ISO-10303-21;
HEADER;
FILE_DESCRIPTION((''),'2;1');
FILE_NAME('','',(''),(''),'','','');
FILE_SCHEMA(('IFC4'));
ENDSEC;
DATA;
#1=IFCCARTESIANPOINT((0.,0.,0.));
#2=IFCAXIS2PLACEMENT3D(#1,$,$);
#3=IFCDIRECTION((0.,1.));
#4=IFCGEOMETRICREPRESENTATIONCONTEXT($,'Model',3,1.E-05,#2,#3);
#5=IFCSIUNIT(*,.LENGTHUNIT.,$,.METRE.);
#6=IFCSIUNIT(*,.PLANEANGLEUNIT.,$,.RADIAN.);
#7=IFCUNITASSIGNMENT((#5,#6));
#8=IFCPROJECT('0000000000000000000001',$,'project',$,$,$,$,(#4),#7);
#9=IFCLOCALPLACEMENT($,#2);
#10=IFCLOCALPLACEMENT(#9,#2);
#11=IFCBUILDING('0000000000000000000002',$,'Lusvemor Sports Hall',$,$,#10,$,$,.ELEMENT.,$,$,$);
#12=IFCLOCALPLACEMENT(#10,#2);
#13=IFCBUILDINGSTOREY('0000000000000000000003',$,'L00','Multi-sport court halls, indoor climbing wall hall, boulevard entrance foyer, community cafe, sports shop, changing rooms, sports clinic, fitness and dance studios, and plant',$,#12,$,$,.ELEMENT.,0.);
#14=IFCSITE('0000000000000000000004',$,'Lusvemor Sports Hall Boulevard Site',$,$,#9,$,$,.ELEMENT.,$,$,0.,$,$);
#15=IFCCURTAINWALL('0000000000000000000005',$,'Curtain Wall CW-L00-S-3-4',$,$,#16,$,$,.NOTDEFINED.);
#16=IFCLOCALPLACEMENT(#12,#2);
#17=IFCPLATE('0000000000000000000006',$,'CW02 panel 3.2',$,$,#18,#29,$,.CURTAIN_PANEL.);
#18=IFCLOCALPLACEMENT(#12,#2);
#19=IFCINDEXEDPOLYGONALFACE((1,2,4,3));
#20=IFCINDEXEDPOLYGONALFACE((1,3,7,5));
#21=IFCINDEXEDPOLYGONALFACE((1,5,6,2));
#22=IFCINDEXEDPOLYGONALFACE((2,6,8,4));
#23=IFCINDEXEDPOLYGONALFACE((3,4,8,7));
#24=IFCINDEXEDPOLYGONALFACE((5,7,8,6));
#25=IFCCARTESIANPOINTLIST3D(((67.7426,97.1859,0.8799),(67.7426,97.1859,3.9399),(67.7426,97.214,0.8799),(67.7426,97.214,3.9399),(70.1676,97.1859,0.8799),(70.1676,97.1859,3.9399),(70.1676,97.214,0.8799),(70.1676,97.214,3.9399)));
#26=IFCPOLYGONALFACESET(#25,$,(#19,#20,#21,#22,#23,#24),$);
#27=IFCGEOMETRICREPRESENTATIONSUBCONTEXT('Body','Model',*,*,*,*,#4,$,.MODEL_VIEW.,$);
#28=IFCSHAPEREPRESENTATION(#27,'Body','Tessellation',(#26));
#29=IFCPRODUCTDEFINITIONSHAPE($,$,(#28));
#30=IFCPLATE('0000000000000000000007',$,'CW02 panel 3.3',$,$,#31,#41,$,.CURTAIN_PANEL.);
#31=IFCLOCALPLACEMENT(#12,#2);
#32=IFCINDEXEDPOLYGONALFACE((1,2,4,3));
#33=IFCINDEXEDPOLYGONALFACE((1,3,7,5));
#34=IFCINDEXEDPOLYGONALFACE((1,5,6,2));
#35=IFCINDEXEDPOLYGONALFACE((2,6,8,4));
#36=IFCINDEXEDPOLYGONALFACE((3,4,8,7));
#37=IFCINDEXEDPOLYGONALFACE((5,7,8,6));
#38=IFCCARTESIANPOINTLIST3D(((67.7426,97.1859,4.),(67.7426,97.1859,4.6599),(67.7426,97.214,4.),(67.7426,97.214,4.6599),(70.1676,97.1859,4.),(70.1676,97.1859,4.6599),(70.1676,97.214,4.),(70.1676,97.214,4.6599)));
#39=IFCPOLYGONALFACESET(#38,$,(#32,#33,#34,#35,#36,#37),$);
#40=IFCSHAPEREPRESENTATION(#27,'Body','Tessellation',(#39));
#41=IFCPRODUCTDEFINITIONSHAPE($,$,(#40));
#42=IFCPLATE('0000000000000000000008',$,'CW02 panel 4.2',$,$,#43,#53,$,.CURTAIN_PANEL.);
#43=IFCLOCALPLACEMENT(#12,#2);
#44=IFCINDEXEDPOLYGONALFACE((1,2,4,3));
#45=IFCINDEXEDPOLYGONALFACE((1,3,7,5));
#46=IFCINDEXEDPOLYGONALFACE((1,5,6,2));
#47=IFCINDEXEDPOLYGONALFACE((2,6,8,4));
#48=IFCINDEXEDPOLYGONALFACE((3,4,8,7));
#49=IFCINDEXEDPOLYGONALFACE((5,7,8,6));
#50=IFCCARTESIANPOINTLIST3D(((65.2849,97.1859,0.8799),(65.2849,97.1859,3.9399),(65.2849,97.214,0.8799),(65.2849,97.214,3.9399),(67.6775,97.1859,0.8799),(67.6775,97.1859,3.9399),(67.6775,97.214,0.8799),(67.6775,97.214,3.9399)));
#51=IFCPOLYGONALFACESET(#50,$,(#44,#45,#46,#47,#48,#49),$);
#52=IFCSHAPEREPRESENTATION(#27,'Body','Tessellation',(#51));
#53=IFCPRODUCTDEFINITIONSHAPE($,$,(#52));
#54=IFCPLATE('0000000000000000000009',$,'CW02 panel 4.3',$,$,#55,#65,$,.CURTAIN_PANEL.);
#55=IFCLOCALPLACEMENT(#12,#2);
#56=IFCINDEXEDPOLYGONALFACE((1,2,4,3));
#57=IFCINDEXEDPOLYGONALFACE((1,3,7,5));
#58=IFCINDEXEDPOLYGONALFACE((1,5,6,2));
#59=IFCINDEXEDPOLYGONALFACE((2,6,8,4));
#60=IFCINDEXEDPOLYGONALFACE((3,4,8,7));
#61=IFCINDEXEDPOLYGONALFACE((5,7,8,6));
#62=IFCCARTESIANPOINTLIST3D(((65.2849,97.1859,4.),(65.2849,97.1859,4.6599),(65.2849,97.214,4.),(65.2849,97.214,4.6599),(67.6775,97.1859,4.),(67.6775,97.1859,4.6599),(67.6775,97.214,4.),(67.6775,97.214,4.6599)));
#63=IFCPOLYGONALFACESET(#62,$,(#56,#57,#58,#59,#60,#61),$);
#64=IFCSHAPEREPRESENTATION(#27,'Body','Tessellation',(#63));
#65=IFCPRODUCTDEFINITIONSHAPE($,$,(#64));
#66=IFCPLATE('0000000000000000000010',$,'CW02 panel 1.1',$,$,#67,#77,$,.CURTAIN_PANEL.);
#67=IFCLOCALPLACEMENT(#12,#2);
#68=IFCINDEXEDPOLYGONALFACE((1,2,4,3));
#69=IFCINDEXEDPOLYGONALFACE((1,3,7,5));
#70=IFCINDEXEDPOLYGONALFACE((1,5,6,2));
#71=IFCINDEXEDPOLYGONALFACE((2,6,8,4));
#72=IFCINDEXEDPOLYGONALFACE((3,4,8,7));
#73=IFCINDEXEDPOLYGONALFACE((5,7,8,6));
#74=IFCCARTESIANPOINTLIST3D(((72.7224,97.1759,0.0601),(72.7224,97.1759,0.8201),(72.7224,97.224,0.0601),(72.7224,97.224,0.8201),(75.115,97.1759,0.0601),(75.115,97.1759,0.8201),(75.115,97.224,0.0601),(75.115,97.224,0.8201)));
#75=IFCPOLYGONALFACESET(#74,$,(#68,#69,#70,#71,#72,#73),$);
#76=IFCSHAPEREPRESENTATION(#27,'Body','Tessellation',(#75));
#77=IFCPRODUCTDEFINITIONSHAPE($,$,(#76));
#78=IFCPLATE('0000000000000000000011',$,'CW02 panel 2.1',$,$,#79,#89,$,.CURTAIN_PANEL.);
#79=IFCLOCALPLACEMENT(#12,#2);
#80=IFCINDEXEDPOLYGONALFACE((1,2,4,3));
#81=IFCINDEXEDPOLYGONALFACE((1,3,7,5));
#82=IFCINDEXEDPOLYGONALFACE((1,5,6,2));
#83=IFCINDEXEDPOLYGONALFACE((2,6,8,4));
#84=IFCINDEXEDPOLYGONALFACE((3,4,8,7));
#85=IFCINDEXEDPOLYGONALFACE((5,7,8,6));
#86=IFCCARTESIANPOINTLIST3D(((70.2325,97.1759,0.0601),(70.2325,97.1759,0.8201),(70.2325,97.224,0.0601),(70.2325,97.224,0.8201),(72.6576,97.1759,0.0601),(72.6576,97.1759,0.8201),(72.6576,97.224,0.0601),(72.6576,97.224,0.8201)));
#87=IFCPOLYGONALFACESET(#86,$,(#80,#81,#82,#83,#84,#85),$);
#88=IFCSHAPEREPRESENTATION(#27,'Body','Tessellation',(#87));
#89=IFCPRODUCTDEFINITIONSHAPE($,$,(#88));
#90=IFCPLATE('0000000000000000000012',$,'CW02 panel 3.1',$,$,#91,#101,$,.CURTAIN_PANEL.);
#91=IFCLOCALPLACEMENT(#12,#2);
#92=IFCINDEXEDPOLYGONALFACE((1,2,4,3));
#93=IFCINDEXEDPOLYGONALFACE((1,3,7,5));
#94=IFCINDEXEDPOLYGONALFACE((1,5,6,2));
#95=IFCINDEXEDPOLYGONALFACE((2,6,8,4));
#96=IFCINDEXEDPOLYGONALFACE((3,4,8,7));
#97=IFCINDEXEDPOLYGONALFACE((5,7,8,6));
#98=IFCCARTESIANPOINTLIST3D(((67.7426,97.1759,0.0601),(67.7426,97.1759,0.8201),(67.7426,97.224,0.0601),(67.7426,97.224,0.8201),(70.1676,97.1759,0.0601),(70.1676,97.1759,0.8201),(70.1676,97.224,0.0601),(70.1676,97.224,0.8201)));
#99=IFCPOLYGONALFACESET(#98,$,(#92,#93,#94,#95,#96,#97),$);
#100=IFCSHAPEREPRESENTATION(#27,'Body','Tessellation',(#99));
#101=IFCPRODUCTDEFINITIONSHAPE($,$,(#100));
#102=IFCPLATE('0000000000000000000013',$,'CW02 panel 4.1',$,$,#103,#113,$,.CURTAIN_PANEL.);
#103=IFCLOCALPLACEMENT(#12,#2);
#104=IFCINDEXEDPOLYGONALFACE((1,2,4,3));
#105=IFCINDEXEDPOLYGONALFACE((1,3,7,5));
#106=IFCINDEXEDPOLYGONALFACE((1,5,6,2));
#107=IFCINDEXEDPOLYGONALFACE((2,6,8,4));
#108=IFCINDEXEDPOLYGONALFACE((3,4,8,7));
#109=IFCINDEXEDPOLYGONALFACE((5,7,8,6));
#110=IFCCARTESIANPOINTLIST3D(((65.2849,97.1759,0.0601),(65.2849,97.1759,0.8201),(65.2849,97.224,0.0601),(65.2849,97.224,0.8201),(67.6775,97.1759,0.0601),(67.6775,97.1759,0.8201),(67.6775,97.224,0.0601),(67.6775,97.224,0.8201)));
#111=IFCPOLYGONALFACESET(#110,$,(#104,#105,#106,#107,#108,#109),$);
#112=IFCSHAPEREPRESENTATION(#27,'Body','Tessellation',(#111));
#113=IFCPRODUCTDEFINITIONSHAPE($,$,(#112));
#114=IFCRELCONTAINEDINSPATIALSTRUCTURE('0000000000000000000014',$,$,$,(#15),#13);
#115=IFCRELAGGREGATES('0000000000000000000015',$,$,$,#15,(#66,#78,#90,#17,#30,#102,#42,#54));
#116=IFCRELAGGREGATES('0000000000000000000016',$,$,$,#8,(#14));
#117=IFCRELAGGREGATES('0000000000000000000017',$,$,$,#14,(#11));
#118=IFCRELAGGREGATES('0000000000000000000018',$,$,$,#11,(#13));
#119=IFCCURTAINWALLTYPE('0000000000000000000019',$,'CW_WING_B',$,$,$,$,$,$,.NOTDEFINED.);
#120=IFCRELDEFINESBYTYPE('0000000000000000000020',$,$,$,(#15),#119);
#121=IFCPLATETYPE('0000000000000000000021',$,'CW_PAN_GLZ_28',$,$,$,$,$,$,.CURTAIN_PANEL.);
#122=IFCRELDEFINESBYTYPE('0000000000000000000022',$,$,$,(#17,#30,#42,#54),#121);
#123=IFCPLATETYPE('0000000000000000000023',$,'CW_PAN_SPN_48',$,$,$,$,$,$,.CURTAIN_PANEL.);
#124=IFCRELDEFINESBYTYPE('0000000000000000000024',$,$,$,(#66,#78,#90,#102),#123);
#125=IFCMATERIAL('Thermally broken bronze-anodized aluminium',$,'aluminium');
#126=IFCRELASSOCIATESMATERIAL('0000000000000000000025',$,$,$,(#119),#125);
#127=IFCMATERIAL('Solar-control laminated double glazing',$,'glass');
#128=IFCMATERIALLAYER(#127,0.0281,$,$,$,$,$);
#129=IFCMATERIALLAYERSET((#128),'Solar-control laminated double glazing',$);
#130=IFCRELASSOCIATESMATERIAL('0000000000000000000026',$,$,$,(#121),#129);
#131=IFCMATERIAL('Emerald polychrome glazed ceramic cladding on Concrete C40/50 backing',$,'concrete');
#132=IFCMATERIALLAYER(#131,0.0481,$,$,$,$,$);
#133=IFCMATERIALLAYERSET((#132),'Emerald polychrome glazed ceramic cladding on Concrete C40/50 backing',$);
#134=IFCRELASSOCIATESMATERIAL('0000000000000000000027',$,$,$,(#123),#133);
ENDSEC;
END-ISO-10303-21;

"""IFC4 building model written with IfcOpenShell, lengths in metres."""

from ifc_helpers import new_model, si_unit, direction, frame, origin, origin_2d, place, context, subcontext, project, spatial, rectangle, extrude, material, layer, layer_set, type_object, element, aggregate, save


model = new_model("IFC4")

# Units and contexts
model_context = context("Model", 3, precision=1e-05, world=origin(), true_north=direction((0.0, 1.0)))
body_context = subcontext(model_context, "Body", "Model", "MODEL_VIEW")
ifc_project = project(units=[si_unit("LENGTHUNIT", "METRE"), si_unit("PLANEANGLEUNIT", "RADIAN")], contexts=[model_context])

# Site, building, storey
site_placement = place(None, origin())
site = spatial("IfcSite", under=ifc_project, at=site_placement, Name="Lusvemor Sports Hall Boulevard Site", CompositionType="ELEMENT", RefElevation=0.0)
building_placement = place(site_placement, origin())
building = spatial("IfcBuilding", under=site, at=building_placement, Name="Lusvemor Sports Hall", CompositionType="ELEMENT")
storey_placement = place(building_placement, origin())
storey = spatial("IfcBuildingStorey", under=building, at=storey_placement, Name="L00", Description="Multi-sport court halls, indoor climbing wall hall, boulevard entrance foyer, community cafe, sports shop, changing rooms, sports clinic, fitness and dance studios, and plant", CompositionType="ELEMENT", Elevation=0.0)

# Curtain wall, plates
ifc_material_1 = material(Name="Thermally broken bronze-anodized aluminium", Category="aluminium")
curtain_wall_type = type_object("IfcCurtainWallType", Name="CW_WING_B", PredefinedType="NOTDEFINED", material=ifc_material_1)
curtain_wall_placement = place(storey_placement, origin())
curtain_wall = element("IfcCurtainWall", 1, at=curtain_wall_placement, inside=storey, type_object=curtain_wall_type, Name="Curtain Wall CW-L00-S-3-4", PredefinedType="NOTDEFINED")
ifc_material_2 = material(Name="Solar-control laminated double glazing", Category="glass")
ifc_layer_1 = layer(ifc_material_2, 0.0281)
ifc_layer_set_1 = layer_set([ifc_layer_1], Name="Solar-control laminated double glazing")
plate_type_1 = type_object("IfcPlateType", Name="CW_PAN_GLZ_28", PredefinedType="CURTAIN_PANEL", material=ifc_layer_set_1)
plate_1_placement = place(storey_placement, frame((68.9551, 97.2, 0.8799), z_axis=(0.0, 0.0, 1.0), x_axis=(-1.0, 0.0, 0.0)))
plate_1 = element("IfcPlate", 2, at=plate_1_placement, type_object=plate_type_1, Name="CW02 panel 3.2", PredefinedType="CURTAIN_PANEL", context=body_context, shape_type="SweptSolid", body=[
    extrude(rectangle(XDim=2.425, YDim=0.0281, at=origin_2d()), origin(), (0.0, 0.0, 1.0), 3.0601),
])
plate_2_placement = place(storey_placement, frame((68.9551, 97.2, 4.0), z_axis=(0.0, 0.0, 1.0), x_axis=(-1.0, 0.0, 0.0)))
plate_2 = element("IfcPlate", 3, at=plate_2_placement, type_object=plate_type_1, Name="CW02 panel 3.3", PredefinedType="CURTAIN_PANEL", context=body_context, shape_type="SweptSolid", body=[
    extrude(rectangle(XDim=2.425, YDim=0.0281, at=origin_2d()), origin(), (0.0, 0.0, 1.0), 0.6599),
])
plate_3_placement = place(storey_placement, frame((66.4812, 97.2, 0.8799), z_axis=(0.0, 0.0, 1.0), x_axis=(-1.0, 0.0, 0.0)))
plate_3 = element("IfcPlate", 4, at=plate_3_placement, type_object=plate_type_1, Name="CW02 panel 4.2", PredefinedType="CURTAIN_PANEL", context=body_context, shape_type="SweptSolid", body=[
    extrude(rectangle(XDim=2.3926, YDim=0.0281, at=origin_2d()), origin(), (0.0, 0.0, 1.0), 3.0601),
])
plate_4_placement = place(storey_placement, frame((66.4812, 97.2, 4.0), z_axis=(0.0, 0.0, 1.0), x_axis=(-1.0, 0.0, 0.0)))
plate_4 = element("IfcPlate", 5, at=plate_4_placement, type_object=plate_type_1, Name="CW02 panel 4.3", PredefinedType="CURTAIN_PANEL", context=body_context, shape_type="SweptSolid", body=[
    extrude(rectangle(XDim=2.3926, YDim=0.0281, at=origin_2d()), origin(), (0.0, 0.0, 1.0), 0.6599),
])
ifc_material_3 = material(Name="Emerald polychrome glazed ceramic cladding on Concrete C40/50 backing", Category="concrete")
ifc_layer_2 = layer(ifc_material_3, 0.0481)
ifc_layer_set_2 = layer_set([ifc_layer_2], Name="Emerald polychrome glazed ceramic cladding on Concrete C40/50 backing")
plate_type_2 = type_object("IfcPlateType", Name="CW_PAN_SPN_48", PredefinedType="CURTAIN_PANEL", material=ifc_layer_set_2)
plate_5_placement = place(storey_placement, frame((73.9187, 97.2, 0.0601), z_axis=(0.0, 0.0, 1.0), x_axis=(-1.0, 0.0, 0.0)))
plate_5 = element("IfcPlate", 6, at=plate_5_placement, type_object=plate_type_2, Name="CW02 panel 1.1", PredefinedType="CURTAIN_PANEL", context=body_context, shape_type="SweptSolid", body=[
    extrude(rectangle(XDim=2.3926, YDim=0.0481, at=origin_2d()), origin(), (0.0, 0.0, 1.0), 0.76),
])
plate_6_placement = place(storey_placement, frame((71.4451, 97.2, 0.0601), z_axis=(0.0, 0.0, 1.0), x_axis=(-1.0, 0.0, 0.0)))
plate_6 = element("IfcPlate", 7, at=plate_6_placement, type_object=plate_type_2, Name="CW02 panel 2.1", PredefinedType="CURTAIN_PANEL", context=body_context, shape_type="SweptSolid", body=[
    extrude(rectangle(XDim=2.425, YDim=0.0481, at=origin_2d()), origin(), (0.0, 0.0, 1.0), 0.76),
])
plate_7_placement = place(storey_placement, frame((68.9551, 97.2, 0.0601), z_axis=(0.0, 0.0, 1.0), x_axis=(-1.0, 0.0, 0.0)))
plate_7 = element("IfcPlate", 8, at=plate_7_placement, type_object=plate_type_2, Name="CW02 panel 3.1", PredefinedType="CURTAIN_PANEL", context=body_context, shape_type="SweptSolid", body=[
    extrude(rectangle(XDim=2.425, YDim=0.0481, at=origin_2d()), origin(), (0.0, 0.0, 1.0), 0.76),
])
plate_8_placement = place(storey_placement, frame((66.4812, 97.2, 0.0601), z_axis=(0.0, 0.0, 1.0), x_axis=(-1.0, 0.0, 0.0)))
plate_8 = element("IfcPlate", 9, at=plate_8_placement, type_object=plate_type_2, Name="CW02 panel 4.1", PredefinedType="CURTAIN_PANEL", context=body_context, shape_type="SweptSolid", body=[
    extrude(rectangle(XDim=2.3926, YDim=0.0481, at=origin_2d()), origin(), (0.0, 0.0, 1.0), 0.76),
])
aggregate(curtain_wall, [plate_5, plate_6, plate_7, plate_1, plate_2, plate_8, plate_3, plate_4])

save(model, "model.ifc")
